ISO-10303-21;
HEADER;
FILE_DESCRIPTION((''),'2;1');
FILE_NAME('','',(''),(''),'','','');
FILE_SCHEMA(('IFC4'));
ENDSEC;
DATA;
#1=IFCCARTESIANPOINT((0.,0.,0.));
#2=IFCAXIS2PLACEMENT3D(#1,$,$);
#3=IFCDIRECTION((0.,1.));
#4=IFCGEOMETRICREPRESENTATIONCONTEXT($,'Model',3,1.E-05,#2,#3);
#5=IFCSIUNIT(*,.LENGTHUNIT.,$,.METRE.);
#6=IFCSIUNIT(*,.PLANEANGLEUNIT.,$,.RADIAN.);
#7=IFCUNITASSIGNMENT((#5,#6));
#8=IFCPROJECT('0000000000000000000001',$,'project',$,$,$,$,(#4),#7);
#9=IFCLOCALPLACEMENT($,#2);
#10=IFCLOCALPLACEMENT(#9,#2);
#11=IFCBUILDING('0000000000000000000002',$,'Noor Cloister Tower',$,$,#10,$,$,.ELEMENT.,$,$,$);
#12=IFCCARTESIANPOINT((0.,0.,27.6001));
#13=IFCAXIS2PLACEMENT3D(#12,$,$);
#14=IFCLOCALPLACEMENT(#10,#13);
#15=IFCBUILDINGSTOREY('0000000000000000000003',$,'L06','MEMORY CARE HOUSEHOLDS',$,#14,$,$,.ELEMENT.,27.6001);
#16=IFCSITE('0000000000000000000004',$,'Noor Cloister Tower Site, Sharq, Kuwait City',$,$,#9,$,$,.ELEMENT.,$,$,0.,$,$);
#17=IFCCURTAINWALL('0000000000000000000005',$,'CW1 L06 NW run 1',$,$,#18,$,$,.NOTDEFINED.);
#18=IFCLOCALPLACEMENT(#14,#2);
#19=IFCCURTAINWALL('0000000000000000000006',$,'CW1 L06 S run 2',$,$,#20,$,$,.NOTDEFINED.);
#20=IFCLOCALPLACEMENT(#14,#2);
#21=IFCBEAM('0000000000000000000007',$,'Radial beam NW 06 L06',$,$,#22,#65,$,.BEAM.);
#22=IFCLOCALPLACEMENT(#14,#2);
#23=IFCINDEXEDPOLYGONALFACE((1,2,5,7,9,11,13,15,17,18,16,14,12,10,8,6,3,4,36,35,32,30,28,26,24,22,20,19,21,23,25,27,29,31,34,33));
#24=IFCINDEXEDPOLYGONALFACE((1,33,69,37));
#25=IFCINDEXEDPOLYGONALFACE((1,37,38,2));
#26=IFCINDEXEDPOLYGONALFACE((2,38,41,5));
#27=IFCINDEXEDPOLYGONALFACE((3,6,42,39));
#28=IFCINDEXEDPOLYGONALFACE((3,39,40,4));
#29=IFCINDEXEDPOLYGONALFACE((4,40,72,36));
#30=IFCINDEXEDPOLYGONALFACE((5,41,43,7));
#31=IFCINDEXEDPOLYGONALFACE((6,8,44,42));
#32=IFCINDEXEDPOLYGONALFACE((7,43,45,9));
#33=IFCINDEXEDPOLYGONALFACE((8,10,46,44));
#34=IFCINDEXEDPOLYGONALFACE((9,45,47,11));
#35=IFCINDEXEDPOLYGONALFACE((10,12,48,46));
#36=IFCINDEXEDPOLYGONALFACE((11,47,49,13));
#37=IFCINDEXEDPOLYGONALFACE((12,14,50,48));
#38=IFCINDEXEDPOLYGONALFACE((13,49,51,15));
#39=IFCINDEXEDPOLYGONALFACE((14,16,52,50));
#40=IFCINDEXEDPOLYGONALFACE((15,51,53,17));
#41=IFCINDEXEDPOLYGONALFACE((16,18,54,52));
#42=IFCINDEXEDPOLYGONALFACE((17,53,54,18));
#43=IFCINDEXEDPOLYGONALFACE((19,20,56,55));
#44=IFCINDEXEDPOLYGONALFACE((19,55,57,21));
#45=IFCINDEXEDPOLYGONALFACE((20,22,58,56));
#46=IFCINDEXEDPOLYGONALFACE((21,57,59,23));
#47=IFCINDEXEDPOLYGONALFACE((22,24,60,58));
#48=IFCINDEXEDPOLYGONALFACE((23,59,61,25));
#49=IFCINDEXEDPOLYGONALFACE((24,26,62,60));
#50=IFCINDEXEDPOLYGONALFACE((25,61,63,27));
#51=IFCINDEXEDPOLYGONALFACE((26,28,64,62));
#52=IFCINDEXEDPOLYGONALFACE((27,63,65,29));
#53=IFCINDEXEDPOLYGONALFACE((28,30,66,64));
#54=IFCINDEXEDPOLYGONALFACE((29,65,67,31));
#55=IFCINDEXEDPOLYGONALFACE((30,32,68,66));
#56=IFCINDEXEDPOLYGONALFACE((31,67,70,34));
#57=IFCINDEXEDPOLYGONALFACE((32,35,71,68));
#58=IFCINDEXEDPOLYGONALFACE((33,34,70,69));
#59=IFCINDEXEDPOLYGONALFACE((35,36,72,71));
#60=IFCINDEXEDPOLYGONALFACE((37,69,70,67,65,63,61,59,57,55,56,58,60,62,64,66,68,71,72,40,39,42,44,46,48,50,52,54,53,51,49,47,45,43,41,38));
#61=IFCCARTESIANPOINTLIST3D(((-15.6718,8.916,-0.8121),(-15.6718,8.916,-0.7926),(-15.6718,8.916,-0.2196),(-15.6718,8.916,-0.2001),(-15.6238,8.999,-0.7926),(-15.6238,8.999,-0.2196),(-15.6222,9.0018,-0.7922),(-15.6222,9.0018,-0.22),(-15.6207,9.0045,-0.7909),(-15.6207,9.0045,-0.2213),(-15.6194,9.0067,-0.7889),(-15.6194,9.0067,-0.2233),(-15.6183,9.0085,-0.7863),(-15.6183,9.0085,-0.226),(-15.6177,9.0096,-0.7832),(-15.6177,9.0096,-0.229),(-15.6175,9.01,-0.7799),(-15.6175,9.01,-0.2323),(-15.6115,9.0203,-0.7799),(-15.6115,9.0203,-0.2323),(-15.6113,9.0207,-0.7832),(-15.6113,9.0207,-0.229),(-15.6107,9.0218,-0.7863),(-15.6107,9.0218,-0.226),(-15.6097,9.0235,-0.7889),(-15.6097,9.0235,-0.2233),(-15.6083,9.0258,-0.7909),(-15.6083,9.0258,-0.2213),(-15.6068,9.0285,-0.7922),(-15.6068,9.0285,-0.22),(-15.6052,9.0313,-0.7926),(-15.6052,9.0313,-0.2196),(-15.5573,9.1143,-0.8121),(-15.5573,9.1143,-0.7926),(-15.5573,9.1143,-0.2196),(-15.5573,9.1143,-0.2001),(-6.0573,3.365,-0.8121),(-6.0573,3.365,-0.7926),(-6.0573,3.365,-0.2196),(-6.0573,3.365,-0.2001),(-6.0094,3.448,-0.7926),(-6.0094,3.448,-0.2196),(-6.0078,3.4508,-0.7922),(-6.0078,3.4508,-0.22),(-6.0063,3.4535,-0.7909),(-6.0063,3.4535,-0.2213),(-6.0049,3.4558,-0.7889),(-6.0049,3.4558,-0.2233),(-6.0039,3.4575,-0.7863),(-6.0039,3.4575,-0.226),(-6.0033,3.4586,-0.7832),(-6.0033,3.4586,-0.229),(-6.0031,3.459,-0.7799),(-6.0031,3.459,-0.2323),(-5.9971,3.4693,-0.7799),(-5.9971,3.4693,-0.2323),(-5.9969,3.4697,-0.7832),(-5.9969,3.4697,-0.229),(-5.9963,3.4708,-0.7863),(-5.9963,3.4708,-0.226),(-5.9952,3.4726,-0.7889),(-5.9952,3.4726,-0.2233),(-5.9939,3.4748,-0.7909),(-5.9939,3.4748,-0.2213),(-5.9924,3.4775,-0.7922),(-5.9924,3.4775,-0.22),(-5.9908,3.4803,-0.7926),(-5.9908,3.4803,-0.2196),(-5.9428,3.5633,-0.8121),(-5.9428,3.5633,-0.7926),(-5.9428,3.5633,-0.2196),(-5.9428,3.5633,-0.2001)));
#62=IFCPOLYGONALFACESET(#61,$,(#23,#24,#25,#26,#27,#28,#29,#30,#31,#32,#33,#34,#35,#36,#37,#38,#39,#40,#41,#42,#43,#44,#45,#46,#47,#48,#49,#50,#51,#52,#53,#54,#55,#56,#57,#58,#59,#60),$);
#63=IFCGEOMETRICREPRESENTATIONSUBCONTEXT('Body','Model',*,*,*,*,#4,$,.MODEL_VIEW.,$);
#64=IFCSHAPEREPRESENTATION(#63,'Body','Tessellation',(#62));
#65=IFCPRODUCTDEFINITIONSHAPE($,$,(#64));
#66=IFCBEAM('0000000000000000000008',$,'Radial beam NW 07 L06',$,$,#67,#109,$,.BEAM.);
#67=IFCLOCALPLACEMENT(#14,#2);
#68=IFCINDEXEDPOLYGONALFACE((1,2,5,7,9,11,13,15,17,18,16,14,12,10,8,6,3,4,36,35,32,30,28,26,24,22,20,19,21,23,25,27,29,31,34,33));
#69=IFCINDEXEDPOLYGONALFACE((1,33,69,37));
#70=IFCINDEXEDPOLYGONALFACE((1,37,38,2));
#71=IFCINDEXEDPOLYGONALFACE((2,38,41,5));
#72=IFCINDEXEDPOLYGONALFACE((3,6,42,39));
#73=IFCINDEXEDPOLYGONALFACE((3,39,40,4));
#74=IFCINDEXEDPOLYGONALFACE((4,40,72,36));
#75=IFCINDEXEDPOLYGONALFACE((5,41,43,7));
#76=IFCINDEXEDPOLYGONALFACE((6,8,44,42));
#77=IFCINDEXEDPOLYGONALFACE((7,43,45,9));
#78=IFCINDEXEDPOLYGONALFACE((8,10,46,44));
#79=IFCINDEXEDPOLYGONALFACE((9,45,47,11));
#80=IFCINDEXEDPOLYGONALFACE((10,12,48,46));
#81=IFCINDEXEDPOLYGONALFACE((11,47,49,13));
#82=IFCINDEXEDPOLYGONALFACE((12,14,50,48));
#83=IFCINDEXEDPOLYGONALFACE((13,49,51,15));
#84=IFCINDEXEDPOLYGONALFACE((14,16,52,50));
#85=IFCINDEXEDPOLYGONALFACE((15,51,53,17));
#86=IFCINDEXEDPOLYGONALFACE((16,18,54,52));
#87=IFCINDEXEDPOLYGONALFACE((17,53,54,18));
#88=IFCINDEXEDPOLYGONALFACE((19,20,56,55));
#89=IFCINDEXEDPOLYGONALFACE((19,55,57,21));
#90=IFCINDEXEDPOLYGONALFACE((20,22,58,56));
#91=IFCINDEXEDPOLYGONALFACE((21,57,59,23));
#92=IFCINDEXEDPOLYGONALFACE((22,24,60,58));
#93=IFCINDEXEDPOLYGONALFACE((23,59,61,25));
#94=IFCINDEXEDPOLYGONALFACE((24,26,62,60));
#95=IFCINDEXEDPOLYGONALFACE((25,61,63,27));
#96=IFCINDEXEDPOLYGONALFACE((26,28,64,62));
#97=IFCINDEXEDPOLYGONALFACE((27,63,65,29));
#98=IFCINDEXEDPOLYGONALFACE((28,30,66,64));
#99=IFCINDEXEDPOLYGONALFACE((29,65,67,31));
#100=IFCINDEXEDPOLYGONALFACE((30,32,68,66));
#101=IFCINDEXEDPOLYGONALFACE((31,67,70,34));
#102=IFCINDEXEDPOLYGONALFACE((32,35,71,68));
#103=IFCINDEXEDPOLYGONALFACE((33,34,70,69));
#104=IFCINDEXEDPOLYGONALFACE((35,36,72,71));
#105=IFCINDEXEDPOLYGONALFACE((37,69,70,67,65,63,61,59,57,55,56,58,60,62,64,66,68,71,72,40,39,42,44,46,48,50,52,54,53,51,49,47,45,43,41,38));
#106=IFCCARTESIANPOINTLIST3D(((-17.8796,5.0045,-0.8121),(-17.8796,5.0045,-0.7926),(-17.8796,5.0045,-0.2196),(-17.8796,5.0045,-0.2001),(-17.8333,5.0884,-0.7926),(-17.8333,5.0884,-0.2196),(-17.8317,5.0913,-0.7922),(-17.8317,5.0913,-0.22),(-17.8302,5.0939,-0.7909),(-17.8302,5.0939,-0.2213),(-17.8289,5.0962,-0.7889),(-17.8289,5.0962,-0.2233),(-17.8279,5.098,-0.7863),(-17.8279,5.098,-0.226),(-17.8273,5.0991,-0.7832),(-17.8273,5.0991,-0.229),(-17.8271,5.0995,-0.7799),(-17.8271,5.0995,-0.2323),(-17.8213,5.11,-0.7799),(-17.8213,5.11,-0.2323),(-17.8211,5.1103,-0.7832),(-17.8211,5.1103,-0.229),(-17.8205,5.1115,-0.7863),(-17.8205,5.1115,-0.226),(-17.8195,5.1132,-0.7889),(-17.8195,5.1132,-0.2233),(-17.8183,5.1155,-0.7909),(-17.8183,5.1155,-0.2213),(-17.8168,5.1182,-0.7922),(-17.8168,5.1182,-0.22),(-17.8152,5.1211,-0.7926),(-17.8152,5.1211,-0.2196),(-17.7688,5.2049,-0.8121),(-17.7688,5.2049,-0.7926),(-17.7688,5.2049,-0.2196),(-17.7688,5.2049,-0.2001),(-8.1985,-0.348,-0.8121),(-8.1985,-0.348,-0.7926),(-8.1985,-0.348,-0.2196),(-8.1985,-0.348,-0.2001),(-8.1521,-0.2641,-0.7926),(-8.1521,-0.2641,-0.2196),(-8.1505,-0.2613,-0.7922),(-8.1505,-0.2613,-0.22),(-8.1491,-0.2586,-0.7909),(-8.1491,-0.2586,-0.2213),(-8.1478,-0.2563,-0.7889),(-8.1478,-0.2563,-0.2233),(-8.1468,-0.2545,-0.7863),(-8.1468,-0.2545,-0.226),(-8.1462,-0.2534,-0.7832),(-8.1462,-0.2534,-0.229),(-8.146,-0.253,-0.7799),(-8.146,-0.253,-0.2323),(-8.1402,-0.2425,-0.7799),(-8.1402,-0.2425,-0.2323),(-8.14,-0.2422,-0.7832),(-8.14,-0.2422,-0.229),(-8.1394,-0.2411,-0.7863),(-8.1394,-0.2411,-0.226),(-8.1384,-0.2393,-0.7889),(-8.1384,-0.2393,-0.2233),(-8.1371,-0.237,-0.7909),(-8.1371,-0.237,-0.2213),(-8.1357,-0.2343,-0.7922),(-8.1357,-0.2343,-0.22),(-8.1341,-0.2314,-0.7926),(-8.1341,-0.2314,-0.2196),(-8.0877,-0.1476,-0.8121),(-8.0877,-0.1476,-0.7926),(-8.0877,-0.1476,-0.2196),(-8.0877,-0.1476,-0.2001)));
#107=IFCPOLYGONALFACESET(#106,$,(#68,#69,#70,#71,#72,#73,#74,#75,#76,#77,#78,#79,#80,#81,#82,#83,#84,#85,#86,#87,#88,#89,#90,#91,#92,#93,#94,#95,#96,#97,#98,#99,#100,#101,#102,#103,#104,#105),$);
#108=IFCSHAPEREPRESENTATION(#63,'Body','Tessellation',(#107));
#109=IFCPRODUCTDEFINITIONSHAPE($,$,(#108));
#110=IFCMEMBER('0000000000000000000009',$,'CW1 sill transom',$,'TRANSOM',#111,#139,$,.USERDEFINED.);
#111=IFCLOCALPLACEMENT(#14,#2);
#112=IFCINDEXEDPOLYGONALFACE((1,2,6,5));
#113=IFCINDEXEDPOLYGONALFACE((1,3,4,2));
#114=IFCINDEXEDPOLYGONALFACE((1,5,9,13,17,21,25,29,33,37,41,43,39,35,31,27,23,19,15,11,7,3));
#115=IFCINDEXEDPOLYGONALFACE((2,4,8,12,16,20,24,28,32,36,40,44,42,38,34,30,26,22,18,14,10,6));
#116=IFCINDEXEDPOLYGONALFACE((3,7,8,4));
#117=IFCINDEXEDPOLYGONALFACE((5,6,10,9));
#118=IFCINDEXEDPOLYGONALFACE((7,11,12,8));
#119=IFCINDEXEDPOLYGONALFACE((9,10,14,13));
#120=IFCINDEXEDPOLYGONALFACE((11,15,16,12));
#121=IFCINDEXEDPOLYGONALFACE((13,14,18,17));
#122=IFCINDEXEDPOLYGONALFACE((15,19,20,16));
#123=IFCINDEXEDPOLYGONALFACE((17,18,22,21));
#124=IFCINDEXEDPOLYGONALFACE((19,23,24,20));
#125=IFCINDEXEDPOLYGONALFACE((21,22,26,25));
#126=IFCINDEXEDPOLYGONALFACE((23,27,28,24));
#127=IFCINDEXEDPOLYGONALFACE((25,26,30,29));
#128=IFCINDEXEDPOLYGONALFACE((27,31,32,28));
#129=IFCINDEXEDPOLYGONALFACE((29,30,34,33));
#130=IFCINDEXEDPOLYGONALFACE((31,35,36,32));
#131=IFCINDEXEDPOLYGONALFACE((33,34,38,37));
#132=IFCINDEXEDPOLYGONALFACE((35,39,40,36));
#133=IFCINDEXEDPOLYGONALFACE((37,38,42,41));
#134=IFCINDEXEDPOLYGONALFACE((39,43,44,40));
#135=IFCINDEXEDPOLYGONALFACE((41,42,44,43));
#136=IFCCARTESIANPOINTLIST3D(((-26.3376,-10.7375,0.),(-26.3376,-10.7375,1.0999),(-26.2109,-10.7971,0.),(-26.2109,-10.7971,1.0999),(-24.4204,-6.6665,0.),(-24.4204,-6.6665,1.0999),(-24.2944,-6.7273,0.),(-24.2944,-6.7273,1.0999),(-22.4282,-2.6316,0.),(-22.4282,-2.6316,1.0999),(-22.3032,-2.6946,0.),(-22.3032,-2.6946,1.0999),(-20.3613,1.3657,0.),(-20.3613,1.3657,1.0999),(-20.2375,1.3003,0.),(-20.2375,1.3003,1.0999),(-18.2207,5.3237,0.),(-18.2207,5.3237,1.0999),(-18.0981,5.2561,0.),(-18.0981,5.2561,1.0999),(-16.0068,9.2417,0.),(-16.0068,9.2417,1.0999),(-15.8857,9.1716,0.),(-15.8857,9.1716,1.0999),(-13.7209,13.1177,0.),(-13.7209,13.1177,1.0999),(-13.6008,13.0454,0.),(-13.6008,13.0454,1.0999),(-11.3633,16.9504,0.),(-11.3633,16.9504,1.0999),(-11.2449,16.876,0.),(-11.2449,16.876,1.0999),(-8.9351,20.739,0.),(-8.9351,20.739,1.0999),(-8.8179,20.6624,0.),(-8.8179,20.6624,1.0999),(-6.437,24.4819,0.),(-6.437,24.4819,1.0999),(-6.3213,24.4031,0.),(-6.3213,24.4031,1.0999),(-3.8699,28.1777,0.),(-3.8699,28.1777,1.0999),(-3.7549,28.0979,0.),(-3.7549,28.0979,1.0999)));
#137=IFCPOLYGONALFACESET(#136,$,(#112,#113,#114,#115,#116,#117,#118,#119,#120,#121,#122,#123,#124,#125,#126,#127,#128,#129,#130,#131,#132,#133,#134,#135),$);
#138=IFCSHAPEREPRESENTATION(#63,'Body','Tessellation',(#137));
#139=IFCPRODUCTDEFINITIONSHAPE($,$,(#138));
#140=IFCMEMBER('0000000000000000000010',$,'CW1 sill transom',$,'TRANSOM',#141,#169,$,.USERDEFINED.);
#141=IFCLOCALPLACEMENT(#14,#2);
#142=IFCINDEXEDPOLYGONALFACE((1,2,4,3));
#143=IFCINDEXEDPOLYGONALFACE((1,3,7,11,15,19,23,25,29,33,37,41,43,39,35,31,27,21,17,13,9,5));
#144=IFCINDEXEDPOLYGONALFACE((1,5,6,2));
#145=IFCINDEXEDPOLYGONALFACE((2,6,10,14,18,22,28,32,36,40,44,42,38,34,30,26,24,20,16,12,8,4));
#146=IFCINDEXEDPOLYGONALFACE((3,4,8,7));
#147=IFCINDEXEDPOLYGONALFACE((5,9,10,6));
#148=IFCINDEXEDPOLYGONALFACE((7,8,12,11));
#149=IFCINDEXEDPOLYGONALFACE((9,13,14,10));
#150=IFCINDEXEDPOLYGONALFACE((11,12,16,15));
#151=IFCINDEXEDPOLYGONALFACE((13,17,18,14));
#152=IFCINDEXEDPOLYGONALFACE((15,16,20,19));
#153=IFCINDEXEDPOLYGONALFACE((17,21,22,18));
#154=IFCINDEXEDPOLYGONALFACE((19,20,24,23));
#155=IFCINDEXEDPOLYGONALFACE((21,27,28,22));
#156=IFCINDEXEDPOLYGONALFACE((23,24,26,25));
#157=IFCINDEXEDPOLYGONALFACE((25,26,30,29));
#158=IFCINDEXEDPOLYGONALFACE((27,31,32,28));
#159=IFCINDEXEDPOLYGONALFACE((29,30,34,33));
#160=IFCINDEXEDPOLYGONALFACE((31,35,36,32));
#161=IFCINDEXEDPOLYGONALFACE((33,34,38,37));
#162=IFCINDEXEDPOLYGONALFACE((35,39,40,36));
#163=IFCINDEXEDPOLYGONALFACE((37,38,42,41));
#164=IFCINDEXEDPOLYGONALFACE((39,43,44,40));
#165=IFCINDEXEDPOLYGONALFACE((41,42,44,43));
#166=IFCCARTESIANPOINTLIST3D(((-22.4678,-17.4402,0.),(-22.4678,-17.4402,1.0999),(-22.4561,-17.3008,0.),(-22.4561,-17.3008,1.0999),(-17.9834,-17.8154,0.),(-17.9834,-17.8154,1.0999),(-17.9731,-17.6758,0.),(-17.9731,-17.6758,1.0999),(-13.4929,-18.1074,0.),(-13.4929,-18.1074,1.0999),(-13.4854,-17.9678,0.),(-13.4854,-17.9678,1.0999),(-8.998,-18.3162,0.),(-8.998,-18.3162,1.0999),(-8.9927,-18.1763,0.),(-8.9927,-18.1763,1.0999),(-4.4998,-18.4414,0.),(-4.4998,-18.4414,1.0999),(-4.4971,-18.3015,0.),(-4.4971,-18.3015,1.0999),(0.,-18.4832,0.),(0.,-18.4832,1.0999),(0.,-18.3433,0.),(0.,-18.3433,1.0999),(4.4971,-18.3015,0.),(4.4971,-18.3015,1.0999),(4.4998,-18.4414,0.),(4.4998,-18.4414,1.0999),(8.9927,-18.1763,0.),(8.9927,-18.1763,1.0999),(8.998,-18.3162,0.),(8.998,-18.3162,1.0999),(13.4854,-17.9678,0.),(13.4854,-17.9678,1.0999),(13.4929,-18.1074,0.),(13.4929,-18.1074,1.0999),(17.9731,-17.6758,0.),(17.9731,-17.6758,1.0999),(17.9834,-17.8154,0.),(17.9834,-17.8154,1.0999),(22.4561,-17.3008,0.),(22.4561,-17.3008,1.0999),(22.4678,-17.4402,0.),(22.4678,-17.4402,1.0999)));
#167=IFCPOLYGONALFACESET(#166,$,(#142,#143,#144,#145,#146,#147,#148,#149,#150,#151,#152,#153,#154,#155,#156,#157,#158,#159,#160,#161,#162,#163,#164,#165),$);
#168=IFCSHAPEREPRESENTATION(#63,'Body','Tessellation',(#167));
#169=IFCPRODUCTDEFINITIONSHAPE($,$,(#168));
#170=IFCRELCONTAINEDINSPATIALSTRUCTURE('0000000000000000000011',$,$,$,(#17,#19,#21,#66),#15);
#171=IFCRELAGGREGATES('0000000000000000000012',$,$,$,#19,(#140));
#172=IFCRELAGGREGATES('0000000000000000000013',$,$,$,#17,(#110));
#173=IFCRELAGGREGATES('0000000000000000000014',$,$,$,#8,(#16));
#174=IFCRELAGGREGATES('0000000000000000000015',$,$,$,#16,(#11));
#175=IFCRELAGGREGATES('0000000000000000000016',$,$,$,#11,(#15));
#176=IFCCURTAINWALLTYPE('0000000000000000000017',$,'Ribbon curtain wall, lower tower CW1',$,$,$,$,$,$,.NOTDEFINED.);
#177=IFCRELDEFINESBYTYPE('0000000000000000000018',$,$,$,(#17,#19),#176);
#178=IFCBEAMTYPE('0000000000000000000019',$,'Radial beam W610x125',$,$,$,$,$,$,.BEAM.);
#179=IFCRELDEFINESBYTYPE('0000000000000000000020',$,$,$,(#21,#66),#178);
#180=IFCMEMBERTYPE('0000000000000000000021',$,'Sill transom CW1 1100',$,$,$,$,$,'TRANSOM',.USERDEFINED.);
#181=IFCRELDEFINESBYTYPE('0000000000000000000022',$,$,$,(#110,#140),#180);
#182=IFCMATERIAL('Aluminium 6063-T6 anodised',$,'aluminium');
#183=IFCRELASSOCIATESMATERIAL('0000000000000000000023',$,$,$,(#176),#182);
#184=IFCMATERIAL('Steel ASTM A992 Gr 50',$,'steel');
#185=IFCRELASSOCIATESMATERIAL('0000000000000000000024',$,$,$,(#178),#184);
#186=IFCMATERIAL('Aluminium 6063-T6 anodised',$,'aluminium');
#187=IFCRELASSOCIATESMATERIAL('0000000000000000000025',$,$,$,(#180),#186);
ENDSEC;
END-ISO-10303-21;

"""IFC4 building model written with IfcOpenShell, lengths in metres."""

from ifc_helpers import new_model, si_unit, direction, frame, origin, origin_2d, place, context, subcontext, project, spatial, polyline, i_section, outline, extrude, material, material_profile, profile_set, type_object, element, aggregate, save


model = new_model("IFC4")

# Units and contexts
model_context = context("Model", 3, precision=1e-05, world=origin(), true_north=direction((0.0, 1.0)))
body_context = subcontext(model_context, "Body", "Model", "MODEL_VIEW")
ifc_project = project(units=[si_unit("LENGTHUNIT", "METRE"), si_unit("PLANEANGLEUNIT", "RADIAN")], contexts=[model_context])

# Site, building, storey
site_placement = place(None, origin())
site = spatial("IfcSite", under=ifc_project, at=site_placement, Name="Noor Cloister Tower Site, Sharq, Kuwait City", CompositionType="ELEMENT", RefElevation=0.0)
building_placement = place(site_placement, origin())
building = spatial("IfcBuilding", under=site, at=building_placement, Name="Noor Cloister Tower", CompositionType="ELEMENT")
storey_placement = place(building_placement, frame((0.0, 0.0, 27.6001)))
storey = spatial("IfcBuildingStorey", under=building, at=storey_placement, Name="L06", Description="MEMORY CARE HOUSEHOLDS", CompositionType="ELEMENT", Elevation=27.6001)

# Curtain walls
ifc_material_1 = material(Name="Aluminium 6063-T6 anodised", Category="aluminium")
curtain_wall_type = type_object("IfcCurtainWallType", Name="Ribbon curtain wall, lower tower CW1", PredefinedType="NOTDEFINED", material=ifc_material_1)
curtain_wall_1_placement = place(storey_placement, origin())
curtain_wall_1 = element("IfcCurtainWall", 1, at=curtain_wall_1_placement, inside=storey, type_object=curtain_wall_type, Name="CW1 L06 NW run 1", PredefinedType="NOTDEFINED")
curtain_wall_2_placement = place(storey_placement, origin())
curtain_wall_2 = element("IfcCurtainWall", 2, at=curtain_wall_2_placement, inside=storey, type_object=curtain_wall_type, Name="CW1 L06 S run 2", PredefinedType="NOTDEFINED")

# Beams
ifc_material_2 = material(Name="Steel ASTM A992 Gr 50", Category="steel")
ifc_material_profile_1 = material_profile(ifc_material_2, i_section(OverallWidth=0.229, OverallDepth=0.6121, WebThickness=0.012, FlangeThickness=0.0195, FilletRadius=0.0127, at=origin_2d()), Name="W610x125")
ifc_profile_set_1 = profile_set([ifc_material_profile_1], Name="Steel ASTM A992 Gr 50")
beam_type_1 = type_object("IfcBeamType", Name="Radial beam W610x125", PredefinedType="BEAM", material=ifc_profile_set_1)
beam_1_placement = place(storey_placement, frame((-15.6145, 9.0151, -0.5061), z_axis=(0.866022, -0.500006, 0.0), x_axis=(0.500006, 0.866022, 0.0)))
element("IfcBeam", 3, at=beam_1_placement, inside=storey, type_object=beam_type_1, Name="Radial beam NW 06 L06", PredefinedType="BEAM", context=body_context, shape_type="SweptSolid", body=[
    extrude(i_section(OverallWidth=0.229, OverallDepth=0.6121, WebThickness=0.012, FlangeThickness=0.0195, FilletRadius=0.0127, at=origin_2d()), origin(), (0.0, 0.0, 1.0), 11.1018),
])
beam_2_placement = place(storey_placement, frame((-17.8242, 5.1047, -0.5061), z_axis=(0.875149, -0.483854, 0.0), x_axis=(0.483854, 0.875149, 0.0)))
element("IfcBeam", 4, at=beam_2_placement, inside=storey, type_object=beam_type_1, Name="Radial beam NW 07 L06", PredefinedType="BEAM", context=body_context, shape_type="SweptSolid", body=[
    extrude(i_section(OverallWidth=0.229, OverallDepth=0.6121, WebThickness=0.012, FlangeThickness=0.0195, FilletRadius=0.0127, at=origin_2d()), origin(), (0.0, 0.0, 1.0), 11.0623),
])

# Members
ifc_material_3 = material(Name="Aluminium 6063-T6 anodised", Category="aluminium")
member_type_1 = type_object("IfcMemberType", Name="Sill transom CW1 1100", ElementType="TRANSOM", PredefinedType="USERDEFINED", material=ifc_material_3)
member_1_placement = place(storey_placement, origin())
member_1 = element("IfcMember", 5, at=member_1_placement, type_object=member_type_1, Name="CW1 sill transom", ObjectType="TRANSOM", PredefinedType="USERDEFINED", context=body_context, shape_type="SweptSolid", body=[
    extrude(outline(polyline([(-3.8699, 28.1777), (-6.437, 24.4819), (-8.9351, 20.739), (-11.3633, 16.9504), (-13.7209, 13.1177), (-16.0068, 9.2417), (-18.2207, 5.3237), (-20.3613, 1.3657), (-22.4282, -2.6316), (-24.4204, -6.6665), (-26.3376, -10.7375), (-26.2109, -10.7971), (-24.2944, -6.7273), (-22.3032, -2.6946), (-20.2375, 1.3003), (-18.0981, 5.2561), (-15.8857, 9.1716), (-13.6008, 13.0454), (-11.2449, 16.876), (-8.8179, 20.6624), (-6.3213, 24.4031), (-3.7549, 28.0979), (-3.8699, 28.1777)])), origin(), (0.0, 0.0, 1.0), 1.0999),
])
member_2_placement = place(storey_placement, origin())
member_2 = element("IfcMember", 6, at=member_2_placement, type_object=member_type_1, Name="CW1 sill transom", ObjectType="TRANSOM", PredefinedType="USERDEFINED", context=body_context, shape_type="SweptSolid", body=[
    extrude(outline(polyline([(-22.4678, -17.4402), (-17.9834, -17.8154), (-13.4929, -18.1074), (-8.998, -18.3162), (-4.4998, -18.4414), (0.0, -18.4832), (4.4998, -18.4414), (8.998, -18.3162), (13.4929, -18.1074), (17.9834, -17.8154), (22.4678, -17.4402), (22.4561, -17.3008), (17.9731, -17.6758), (13.4854, -17.9678), (8.9927, -18.1763), (4.4971, -18.3015), (0.0, -18.3433), (-4.4971, -18.3015), (-8.9927, -18.1763), (-13.4854, -17.9678), (-17.9731, -17.6758), (-22.4561, -17.3008), (-22.4678, -17.4402)])), origin(), (0.0, 0.0, 1.0), 1.0999),
])
aggregate(curtain_wall_2, [member_2])

aggregate(curtain_wall_1, [member_1])

save(model, "model.ifc")
